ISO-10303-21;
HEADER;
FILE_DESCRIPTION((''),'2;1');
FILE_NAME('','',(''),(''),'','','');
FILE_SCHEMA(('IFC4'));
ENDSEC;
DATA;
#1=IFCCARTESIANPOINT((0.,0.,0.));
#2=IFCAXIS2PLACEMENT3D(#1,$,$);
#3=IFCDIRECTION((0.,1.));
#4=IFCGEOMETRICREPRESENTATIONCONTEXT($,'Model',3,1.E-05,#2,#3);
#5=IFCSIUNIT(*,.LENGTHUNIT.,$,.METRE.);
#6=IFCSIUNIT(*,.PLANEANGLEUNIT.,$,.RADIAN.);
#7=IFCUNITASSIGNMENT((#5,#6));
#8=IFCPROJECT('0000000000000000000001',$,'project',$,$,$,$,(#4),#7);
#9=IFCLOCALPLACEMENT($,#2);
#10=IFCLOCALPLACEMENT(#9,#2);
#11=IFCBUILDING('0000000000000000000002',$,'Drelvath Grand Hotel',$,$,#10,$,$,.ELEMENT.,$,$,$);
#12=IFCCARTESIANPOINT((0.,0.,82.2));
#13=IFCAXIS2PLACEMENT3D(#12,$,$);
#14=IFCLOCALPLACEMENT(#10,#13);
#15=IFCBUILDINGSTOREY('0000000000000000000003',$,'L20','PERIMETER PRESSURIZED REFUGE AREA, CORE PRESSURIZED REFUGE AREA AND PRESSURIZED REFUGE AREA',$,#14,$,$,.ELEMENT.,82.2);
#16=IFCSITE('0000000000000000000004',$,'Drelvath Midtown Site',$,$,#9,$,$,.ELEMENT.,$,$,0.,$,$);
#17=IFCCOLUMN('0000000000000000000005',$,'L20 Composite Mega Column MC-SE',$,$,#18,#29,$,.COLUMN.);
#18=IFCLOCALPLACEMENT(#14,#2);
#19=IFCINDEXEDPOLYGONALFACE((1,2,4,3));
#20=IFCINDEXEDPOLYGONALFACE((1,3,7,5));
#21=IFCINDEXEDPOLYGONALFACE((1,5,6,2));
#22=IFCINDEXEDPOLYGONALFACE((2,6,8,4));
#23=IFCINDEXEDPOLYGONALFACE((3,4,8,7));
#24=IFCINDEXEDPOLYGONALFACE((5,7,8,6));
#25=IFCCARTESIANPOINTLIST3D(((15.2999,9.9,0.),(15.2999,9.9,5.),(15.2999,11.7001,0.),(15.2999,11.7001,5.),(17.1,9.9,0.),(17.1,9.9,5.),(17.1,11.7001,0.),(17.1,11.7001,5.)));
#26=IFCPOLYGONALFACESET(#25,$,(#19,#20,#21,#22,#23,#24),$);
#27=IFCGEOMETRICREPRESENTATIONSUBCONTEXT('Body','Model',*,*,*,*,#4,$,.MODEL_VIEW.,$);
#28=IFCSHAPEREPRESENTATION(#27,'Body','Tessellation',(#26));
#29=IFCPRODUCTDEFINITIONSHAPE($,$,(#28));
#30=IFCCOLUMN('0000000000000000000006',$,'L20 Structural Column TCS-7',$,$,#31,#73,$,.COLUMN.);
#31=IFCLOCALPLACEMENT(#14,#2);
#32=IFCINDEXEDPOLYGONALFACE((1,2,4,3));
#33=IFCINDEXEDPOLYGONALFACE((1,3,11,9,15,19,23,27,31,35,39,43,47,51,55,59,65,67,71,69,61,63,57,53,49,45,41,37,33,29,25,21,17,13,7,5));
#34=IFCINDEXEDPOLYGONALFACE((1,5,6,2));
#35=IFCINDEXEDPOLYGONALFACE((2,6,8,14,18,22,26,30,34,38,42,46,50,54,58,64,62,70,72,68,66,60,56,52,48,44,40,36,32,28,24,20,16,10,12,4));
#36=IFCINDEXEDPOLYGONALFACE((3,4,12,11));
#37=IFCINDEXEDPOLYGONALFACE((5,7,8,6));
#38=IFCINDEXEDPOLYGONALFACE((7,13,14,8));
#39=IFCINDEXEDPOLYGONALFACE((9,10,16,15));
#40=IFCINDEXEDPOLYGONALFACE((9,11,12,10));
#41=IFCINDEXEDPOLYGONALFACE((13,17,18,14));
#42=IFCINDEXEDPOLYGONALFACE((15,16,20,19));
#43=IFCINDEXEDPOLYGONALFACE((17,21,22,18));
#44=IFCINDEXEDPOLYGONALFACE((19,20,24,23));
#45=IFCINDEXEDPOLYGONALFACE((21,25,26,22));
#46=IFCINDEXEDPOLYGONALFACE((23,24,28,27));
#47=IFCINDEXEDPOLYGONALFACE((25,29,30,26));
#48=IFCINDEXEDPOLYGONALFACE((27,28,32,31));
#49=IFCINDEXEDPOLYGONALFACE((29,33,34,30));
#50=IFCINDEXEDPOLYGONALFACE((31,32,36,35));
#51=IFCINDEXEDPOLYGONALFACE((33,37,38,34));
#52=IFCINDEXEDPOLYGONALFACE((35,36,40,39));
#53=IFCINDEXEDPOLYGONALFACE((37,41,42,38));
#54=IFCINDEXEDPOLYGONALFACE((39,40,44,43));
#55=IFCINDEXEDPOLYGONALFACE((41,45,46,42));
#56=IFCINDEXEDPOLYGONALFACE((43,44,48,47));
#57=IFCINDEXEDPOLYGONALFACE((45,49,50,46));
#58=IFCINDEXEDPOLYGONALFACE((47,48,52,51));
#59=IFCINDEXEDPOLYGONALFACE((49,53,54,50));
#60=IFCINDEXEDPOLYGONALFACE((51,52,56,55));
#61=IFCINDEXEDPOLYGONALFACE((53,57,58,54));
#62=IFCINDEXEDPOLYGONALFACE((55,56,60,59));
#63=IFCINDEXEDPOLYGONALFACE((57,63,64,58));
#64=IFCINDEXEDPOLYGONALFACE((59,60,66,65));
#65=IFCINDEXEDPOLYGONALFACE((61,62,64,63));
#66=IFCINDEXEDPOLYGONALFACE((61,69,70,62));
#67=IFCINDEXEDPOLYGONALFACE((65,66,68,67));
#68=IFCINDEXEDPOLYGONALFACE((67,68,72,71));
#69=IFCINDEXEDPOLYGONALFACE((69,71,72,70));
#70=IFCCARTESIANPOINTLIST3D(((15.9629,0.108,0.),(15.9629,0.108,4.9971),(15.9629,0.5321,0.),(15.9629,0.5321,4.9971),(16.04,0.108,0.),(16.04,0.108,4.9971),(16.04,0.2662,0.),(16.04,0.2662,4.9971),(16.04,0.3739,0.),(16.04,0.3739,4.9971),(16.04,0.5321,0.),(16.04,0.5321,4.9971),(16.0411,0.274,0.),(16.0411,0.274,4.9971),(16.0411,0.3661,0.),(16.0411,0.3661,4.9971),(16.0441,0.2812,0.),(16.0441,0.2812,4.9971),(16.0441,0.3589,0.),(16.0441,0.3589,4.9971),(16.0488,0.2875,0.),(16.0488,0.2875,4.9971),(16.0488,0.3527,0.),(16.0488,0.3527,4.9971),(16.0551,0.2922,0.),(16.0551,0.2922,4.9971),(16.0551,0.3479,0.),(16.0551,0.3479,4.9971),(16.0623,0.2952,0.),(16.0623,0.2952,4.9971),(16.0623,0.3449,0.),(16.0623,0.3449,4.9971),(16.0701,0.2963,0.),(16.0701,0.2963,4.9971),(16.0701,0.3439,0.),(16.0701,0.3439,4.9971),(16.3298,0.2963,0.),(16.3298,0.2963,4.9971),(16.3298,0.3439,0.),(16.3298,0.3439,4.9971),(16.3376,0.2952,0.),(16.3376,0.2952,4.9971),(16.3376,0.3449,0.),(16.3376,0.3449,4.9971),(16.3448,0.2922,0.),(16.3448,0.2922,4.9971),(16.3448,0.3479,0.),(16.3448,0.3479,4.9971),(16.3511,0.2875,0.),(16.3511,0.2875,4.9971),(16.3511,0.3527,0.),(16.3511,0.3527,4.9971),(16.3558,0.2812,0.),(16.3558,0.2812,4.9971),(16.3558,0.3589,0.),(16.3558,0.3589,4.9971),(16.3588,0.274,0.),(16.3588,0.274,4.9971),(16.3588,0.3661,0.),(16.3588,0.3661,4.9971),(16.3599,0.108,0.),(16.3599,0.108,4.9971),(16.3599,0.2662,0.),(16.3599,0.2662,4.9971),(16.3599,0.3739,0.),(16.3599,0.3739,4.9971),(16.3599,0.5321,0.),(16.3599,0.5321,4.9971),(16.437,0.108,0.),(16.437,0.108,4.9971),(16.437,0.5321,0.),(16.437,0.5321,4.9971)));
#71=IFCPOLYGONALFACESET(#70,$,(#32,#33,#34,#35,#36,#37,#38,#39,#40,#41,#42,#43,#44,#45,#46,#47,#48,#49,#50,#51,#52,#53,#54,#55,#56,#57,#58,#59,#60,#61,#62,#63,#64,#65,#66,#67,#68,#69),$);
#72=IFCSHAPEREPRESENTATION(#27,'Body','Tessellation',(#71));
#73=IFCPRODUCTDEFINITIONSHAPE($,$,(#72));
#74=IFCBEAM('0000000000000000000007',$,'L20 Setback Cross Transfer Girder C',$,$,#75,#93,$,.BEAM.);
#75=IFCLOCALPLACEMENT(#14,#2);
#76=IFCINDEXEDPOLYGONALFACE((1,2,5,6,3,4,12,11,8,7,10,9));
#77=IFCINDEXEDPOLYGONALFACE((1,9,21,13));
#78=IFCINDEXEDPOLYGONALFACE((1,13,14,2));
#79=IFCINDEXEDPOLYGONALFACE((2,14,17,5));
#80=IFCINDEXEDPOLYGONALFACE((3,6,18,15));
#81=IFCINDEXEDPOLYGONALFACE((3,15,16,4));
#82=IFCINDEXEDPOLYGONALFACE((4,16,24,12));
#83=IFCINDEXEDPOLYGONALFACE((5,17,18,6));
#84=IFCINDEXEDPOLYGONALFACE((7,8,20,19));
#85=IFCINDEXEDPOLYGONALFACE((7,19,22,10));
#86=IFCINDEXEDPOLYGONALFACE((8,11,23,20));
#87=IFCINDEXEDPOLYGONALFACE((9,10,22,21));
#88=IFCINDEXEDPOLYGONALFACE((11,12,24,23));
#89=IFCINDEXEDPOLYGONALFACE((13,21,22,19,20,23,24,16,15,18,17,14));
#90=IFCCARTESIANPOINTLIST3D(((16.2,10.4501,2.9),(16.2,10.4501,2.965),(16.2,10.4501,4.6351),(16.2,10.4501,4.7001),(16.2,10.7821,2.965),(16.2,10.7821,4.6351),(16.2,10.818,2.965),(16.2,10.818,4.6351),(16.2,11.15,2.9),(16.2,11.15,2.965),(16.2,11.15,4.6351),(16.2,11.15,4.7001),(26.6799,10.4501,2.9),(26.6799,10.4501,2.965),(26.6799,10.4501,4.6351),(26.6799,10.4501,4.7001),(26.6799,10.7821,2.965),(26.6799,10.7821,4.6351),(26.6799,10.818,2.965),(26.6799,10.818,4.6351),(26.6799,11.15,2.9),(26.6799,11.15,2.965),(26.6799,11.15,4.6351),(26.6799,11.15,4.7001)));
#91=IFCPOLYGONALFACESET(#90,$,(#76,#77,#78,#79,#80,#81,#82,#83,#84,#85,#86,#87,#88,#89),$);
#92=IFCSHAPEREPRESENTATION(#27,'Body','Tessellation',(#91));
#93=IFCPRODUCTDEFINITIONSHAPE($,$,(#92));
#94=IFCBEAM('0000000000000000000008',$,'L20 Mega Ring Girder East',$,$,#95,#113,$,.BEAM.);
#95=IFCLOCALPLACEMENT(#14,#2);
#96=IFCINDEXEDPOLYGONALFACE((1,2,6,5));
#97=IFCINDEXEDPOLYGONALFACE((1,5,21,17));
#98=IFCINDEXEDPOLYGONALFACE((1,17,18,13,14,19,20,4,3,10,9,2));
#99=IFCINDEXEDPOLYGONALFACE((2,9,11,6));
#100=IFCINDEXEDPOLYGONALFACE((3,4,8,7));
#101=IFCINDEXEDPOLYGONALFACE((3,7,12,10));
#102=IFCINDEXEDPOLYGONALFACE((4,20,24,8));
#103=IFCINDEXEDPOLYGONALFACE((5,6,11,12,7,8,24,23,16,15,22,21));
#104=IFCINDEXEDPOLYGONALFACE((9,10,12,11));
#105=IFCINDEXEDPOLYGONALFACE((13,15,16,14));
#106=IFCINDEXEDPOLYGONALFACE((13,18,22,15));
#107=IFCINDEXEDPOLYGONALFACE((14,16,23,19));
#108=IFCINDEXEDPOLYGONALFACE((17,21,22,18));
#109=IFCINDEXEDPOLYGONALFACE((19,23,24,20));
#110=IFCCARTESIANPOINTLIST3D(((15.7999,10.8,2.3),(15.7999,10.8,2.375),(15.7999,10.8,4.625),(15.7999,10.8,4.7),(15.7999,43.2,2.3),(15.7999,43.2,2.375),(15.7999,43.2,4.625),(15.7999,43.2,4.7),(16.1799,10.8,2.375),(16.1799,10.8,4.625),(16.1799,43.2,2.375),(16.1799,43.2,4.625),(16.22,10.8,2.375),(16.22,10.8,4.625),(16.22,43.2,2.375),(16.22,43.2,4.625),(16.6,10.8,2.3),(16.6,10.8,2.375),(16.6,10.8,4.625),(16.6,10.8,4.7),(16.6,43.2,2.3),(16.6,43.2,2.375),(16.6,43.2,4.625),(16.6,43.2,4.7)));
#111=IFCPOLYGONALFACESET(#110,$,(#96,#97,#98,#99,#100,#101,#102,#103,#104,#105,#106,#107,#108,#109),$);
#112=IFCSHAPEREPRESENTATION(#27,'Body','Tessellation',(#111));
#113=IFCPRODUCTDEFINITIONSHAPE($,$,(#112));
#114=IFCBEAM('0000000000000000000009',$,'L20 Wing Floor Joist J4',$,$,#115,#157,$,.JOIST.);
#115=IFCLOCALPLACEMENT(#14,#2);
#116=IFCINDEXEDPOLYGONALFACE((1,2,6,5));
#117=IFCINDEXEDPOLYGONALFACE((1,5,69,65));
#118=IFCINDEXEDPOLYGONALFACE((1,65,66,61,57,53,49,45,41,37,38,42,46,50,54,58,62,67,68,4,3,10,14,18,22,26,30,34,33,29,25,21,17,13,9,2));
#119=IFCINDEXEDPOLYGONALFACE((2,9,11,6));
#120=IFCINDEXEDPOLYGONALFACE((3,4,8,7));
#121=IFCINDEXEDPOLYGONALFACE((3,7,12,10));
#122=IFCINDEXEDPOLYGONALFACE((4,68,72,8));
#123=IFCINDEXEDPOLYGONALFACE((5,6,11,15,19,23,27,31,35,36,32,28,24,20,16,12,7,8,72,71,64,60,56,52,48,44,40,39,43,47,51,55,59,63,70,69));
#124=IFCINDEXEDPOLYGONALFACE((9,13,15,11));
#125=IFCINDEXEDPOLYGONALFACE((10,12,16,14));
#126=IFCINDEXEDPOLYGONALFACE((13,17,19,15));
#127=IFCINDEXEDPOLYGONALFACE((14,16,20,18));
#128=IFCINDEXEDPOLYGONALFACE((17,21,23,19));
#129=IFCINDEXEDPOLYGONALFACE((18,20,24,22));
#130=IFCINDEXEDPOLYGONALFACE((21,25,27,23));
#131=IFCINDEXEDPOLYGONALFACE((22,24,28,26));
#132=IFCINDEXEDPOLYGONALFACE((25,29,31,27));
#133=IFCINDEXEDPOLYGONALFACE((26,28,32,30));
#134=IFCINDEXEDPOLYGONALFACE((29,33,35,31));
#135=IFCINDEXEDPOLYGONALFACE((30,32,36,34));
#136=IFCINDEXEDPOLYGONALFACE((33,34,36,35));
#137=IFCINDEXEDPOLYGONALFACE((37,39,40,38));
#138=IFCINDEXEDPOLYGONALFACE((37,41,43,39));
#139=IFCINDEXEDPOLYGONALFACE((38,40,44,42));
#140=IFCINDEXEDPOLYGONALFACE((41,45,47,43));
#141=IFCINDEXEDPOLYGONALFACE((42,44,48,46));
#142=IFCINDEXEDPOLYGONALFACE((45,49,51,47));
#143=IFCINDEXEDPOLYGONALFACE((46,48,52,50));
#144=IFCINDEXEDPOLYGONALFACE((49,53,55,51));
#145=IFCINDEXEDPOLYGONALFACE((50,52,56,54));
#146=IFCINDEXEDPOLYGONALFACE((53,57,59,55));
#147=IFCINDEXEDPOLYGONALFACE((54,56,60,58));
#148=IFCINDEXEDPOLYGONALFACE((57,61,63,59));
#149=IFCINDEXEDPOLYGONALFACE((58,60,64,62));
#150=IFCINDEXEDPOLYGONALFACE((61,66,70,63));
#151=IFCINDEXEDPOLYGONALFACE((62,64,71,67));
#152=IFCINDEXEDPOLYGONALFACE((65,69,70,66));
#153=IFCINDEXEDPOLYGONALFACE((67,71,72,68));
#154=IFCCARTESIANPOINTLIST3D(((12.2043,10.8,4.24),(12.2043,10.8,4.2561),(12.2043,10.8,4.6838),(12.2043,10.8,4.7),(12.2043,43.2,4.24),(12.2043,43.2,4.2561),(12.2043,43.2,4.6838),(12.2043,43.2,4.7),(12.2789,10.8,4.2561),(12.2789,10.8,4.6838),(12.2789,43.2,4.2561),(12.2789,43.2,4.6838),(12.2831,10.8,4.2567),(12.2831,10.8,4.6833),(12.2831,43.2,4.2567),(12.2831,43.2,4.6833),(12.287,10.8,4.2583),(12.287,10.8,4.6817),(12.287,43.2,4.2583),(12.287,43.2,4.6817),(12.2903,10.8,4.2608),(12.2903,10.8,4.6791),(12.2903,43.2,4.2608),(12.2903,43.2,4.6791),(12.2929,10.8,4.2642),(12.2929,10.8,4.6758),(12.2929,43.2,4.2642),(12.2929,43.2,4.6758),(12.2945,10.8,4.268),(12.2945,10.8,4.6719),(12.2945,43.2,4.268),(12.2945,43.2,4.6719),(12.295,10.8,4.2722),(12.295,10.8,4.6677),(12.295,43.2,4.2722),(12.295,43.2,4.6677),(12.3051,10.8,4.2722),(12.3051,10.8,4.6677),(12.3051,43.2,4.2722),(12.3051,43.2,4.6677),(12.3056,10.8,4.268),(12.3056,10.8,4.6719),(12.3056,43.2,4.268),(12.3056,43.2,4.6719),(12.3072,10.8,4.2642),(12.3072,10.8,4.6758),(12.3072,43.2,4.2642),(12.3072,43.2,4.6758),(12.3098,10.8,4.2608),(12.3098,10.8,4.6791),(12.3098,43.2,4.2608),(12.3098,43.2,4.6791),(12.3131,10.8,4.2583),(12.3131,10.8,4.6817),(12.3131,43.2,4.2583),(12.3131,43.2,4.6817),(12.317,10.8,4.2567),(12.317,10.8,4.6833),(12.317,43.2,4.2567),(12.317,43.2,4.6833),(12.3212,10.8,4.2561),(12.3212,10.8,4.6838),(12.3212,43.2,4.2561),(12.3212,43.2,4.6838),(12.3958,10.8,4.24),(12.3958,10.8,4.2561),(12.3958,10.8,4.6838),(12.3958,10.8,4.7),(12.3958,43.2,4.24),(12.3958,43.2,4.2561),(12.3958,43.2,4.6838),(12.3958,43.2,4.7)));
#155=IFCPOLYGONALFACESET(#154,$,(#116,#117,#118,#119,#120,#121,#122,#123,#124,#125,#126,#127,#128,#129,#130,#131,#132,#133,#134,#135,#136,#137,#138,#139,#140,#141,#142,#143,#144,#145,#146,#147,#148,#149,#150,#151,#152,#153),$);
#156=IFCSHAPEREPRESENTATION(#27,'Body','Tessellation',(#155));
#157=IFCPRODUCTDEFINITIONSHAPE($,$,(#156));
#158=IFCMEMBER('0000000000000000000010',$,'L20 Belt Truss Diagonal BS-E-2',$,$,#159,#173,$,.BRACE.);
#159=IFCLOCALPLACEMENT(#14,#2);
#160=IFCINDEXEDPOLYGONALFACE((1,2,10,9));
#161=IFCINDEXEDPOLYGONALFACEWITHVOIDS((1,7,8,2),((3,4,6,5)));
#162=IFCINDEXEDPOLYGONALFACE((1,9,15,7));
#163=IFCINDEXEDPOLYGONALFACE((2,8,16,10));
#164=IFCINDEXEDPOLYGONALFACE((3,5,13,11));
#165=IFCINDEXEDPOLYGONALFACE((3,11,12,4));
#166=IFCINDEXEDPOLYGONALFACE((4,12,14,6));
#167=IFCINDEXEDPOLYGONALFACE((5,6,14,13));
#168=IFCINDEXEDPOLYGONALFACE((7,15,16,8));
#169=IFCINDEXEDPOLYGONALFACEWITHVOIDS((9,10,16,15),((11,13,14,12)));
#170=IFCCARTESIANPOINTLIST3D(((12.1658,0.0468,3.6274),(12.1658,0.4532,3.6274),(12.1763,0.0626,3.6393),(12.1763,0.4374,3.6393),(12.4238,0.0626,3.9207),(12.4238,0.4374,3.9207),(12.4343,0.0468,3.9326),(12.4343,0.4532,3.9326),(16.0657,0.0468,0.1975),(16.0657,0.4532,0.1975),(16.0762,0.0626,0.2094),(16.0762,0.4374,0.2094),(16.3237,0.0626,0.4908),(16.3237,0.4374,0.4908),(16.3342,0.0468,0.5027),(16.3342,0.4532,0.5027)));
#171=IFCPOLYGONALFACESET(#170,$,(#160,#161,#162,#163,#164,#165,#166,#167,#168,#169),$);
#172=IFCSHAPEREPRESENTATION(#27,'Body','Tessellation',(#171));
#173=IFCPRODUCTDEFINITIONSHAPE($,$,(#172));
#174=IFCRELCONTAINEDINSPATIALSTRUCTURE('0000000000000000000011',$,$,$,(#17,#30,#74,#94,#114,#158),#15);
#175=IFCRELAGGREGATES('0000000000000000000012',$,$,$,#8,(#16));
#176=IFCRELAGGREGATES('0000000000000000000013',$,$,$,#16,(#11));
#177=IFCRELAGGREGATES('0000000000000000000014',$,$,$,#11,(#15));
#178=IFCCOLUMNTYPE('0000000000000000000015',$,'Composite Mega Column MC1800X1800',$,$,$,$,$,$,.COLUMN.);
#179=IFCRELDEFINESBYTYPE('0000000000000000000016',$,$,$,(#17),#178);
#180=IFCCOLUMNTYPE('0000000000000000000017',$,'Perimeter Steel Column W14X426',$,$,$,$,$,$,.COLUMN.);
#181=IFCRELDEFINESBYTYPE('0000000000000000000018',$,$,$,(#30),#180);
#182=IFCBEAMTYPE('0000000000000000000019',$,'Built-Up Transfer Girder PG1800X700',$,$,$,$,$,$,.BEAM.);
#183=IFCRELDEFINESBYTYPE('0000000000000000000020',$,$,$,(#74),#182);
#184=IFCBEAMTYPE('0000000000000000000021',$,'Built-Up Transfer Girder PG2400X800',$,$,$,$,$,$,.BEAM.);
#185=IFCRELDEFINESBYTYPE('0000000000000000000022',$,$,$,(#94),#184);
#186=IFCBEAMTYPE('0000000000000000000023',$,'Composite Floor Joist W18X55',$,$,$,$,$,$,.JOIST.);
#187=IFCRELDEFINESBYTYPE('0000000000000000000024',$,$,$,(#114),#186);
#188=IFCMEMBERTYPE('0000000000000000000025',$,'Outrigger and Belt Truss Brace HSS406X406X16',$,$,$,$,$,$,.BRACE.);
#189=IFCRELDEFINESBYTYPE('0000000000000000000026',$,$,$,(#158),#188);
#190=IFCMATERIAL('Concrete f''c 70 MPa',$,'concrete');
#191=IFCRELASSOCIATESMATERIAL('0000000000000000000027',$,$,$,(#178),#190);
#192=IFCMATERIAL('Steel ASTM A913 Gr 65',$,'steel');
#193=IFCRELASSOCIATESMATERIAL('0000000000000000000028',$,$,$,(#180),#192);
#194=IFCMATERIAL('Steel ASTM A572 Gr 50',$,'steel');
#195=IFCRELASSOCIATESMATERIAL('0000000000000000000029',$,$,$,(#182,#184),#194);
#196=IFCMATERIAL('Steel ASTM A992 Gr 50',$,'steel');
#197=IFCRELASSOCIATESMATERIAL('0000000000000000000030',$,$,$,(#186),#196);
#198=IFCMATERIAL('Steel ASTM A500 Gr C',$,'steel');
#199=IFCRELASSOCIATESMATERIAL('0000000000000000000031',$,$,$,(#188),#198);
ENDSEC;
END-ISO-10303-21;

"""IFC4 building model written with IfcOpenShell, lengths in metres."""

from ifc_helpers import new_model, si_unit, direction, frame, origin, origin_2d, place, context, subcontext, project, spatial, rectangle, hollow_rectangle, i_section, extrude, material, material_profile, profile_set, type_object, element, save


model = new_model("IFC4")

# Units and contexts
model_context = context("Model", 3, precision=1e-05, world=origin(), true_north=direction((0.0, 1.0)))
body_context = subcontext(model_context, "Body", "Model", "MODEL_VIEW")
ifc_project = project(units=[si_unit("LENGTHUNIT", "METRE"), si_unit("PLANEANGLEUNIT", "RADIAN")], contexts=[model_context])

# Site, building, storey
site_placement = place(None, origin())
site = spatial("IfcSite", under=ifc_project, at=site_placement, Name="Drelvath Midtown Site", CompositionType="ELEMENT", RefElevation=0.0)
building_placement = place(site_placement, origin())
building = spatial("IfcBuilding", under=site, at=building_placement, Name="Drelvath Grand Hotel", CompositionType="ELEMENT")
storey_placement = place(building_placement, frame((0.0, 0.0, 82.2)))
storey = spatial("IfcBuildingStorey", under=building, at=storey_placement, Name="L20", Description="PERIMETER PRESSURIZED REFUGE AREA, CORE PRESSURIZED REFUGE AREA AND PRESSURIZED REFUGE AREA", CompositionType="ELEMENT", Elevation=82.2)

# Columns
ifc_material_1 = material(Name="Concrete f'c 70 MPa", Category="concrete")
ifc_material_profile_1 = material_profile(ifc_material_1, rectangle(XDim=1.8, YDim=1.8, at=origin_2d()), Name="MC1800X1800")
ifc_profile_set_1 = profile_set([ifc_material_profile_1], Name="Concrete f'c 70 MPa")
column_type_1 = type_object("IfcColumnType", Name="Composite Mega Column MC1800X1800", PredefinedType="COLUMN", material=ifc_profile_set_1)
column_1_placement = place(storey_placement, frame((16.2, 10.8, 0.0), z_axis=(0.0, 0.0, 1.0), x_axis=(1.0, 0.0, 0.0)))
element("IfcColumn", 1, at=column_1_placement, inside=storey, type_object=column_type_1, Name="L20 Composite Mega Column MC-SE", PredefinedType="COLUMN", context=body_context, shape_type="SweptSolid", body=[
    extrude(rectangle(XDim=1.8, YDim=1.8, at=origin_2d()), origin(), (0.0, 0.0, 1.0), 5.0),
])
ifc_material_2 = material(Name="Steel ASTM A913 Gr 65", Category="steel")
ifc_material_profile_2 = material_profile(ifc_material_2, i_section(OverallWidth=0.4241, OverallDepth=0.4741, WebThickness=0.0476, FlangeThickness=0.0771, FilletRadius=0.03, at=origin_2d()), Name="W14X426")
ifc_profile_set_2 = profile_set([ifc_material_profile_2], Name="Steel ASTM A913 Gr 65")
column_type_2 = type_object("IfcColumnType", Name="Perimeter Steel Column W14X426", PredefinedType="COLUMN", material=ifc_profile_set_2)
column_2_placement = place(storey_placement, frame((16.2, 0.3201, 0.0), z_axis=(0.0, 0.0, 1.0), x_axis=(0.0, 1.0, 0.0)))
element("IfcColumn", 2, at=column_2_placement, inside=storey, type_object=column_type_2, Name="L20 Structural Column TCS-7", PredefinedType="COLUMN", context=body_context, shape_type="SweptSolid", body=[
    extrude(i_section(OverallWidth=0.4241, OverallDepth=0.4741, WebThickness=0.0476, FlangeThickness=0.0771, FilletRadius=0.03, at=origin_2d()), origin(), (0.0, 0.0, 1.0), 4.9971),
])

# Beams
ifc_material_3 = material(Name="Steel ASTM A572 Gr 50", Category="steel")
ifc_material_profile_3 = material_profile(ifc_material_3, i_section(OverallWidth=0.7, OverallDepth=1.8, WebThickness=0.0359, FlangeThickness=0.0649, at=origin_2d()), Name="PG1800X700")
ifc_profile_set_3 = profile_set([ifc_material_profile_3], Name="Steel ASTM A572 Gr 50")
beam_type_1 = type_object("IfcBeamType", Name="Built-Up Transfer Girder PG1800X700", PredefinedType="BEAM", material=ifc_profile_set_3)
beam_1_placement = place(storey_placement, frame((16.2, 10.8, 3.8), z_axis=(1.0, 0.0, 0.0), x_axis=(0.0, 1.0, 0.0)))
element("IfcBeam", 3, at=beam_1_placement, inside=storey, type_object=beam_type_1, Name="L20 Setback Cross Transfer Girder C", PredefinedType="BEAM", context=body_context, shape_type="SweptSolid", body=[
    extrude(i_section(OverallWidth=0.7, OverallDepth=1.8, WebThickness=0.0359, FlangeThickness=0.0649, at=origin_2d()), origin(), (0.0, 0.0, 1.0), 10.48),
])
ifc_material_profile_4 = material_profile(ifc_material_3, i_section(OverallWidth=0.8, OverallDepth=2.3999, WebThickness=0.04, FlangeThickness=0.075, at=origin_2d()), Name="PG2400X800")
ifc_profile_set_4 = profile_set([ifc_material_profile_4], Name="Steel ASTM A572 Gr 50")
beam_type_2 = type_object("IfcBeamType", Name="Built-Up Transfer Girder PG2400X800", PredefinedType="BEAM", material=ifc_profile_set_4)
beam_2_placement = place(storey_placement, frame((16.2, 10.8, 3.5), z_axis=(0.0, 1.0, 0.0), x_axis=(-1.0, 0.0, 0.0)))
element("IfcBeam", 4, at=beam_2_placement, inside=storey, type_object=beam_type_2, Name="L20 Mega Ring Girder East", PredefinedType="BEAM", context=body_context, shape_type="SweptSolid", body=[
    extrude(i_section(OverallWidth=0.8, OverallDepth=2.3999, WebThickness=0.04, FlangeThickness=0.075, at=origin_2d()), origin(), (0.0, 0.0, 1.0), 32.3999),
])
ifc_material_4 = material(Name="Steel ASTM A992 Gr 50", Category="steel")
ifc_material_profile_5 = material_profile(ifc_material_4, i_section(OverallWidth=0.1914, OverallDepth=0.46, WebThickness=0.01, FlangeThickness=0.0161, FilletRadius=0.0161, at=origin_2d()), Name="W18X55")
ifc_profile_set_5 = profile_set([ifc_material_profile_5], Name="Steel ASTM A992 Gr 50")
beam_type_3 = type_object("IfcBeamType", Name="Composite Floor Joist W18X55", PredefinedType="JOIST", material=ifc_profile_set_5)
beam_3_placement = place(storey_placement, frame((12.3, 10.8, 4.47), z_axis=(0.0, 1.0, 0.0), x_axis=(-1.0, 0.0, 0.0)))
element("IfcBeam", 5, at=beam_3_placement, inside=storey, type_object=beam_type_3, Name="L20 Wing Floor Joist J4", PredefinedType="JOIST", context=body_context, shape_type="SweptSolid", body=[
    extrude(i_section(OverallWidth=0.1914, OverallDepth=0.46, WebThickness=0.01, FlangeThickness=0.0161, FilletRadius=0.0161, at=origin_2d()), origin(), (0.0, 0.0, 1.0), 32.3999),
])

# Member
ifc_material_5 = material(Name="Steel ASTM A500 Gr C", Category="steel")
ifc_material_profile_6 = material_profile(ifc_material_5, hollow_rectangle(XDim=0.4065, YDim=0.4065, WallThickness=0.0159, at=origin_2d()), Name="HSS406X406X16")
ifc_profile_set_6 = profile_set([ifc_material_profile_6], Name="Steel ASTM A500 Gr C")
member_type = type_object("IfcMemberType", Name="Outrigger and Belt Truss Brace HSS406X406X16", PredefinedType="BRACE", material=ifc_profile_set_6)
member_placement = place(storey_placement, frame((12.3, 0.25, 3.78), z_axis=(0.750903, 0.0, -0.660413), x_axis=(0.0, 1.0, 0.0)))
element("IfcMember", 6, at=member_placement, inside=storey, type_object=member_type, Name="L20 Belt Truss Diagonal BS-E-2", PredefinedType="BRACE", context=body_context, shape_type="SweptSolid", body=[
    extrude(hollow_rectangle(XDim=0.4065, YDim=0.4065, WallThickness=0.0159, at=origin_2d()), origin(), (0.0, 0.0, 1.0), 5.1936),
])

save(model, "model.ifc")
